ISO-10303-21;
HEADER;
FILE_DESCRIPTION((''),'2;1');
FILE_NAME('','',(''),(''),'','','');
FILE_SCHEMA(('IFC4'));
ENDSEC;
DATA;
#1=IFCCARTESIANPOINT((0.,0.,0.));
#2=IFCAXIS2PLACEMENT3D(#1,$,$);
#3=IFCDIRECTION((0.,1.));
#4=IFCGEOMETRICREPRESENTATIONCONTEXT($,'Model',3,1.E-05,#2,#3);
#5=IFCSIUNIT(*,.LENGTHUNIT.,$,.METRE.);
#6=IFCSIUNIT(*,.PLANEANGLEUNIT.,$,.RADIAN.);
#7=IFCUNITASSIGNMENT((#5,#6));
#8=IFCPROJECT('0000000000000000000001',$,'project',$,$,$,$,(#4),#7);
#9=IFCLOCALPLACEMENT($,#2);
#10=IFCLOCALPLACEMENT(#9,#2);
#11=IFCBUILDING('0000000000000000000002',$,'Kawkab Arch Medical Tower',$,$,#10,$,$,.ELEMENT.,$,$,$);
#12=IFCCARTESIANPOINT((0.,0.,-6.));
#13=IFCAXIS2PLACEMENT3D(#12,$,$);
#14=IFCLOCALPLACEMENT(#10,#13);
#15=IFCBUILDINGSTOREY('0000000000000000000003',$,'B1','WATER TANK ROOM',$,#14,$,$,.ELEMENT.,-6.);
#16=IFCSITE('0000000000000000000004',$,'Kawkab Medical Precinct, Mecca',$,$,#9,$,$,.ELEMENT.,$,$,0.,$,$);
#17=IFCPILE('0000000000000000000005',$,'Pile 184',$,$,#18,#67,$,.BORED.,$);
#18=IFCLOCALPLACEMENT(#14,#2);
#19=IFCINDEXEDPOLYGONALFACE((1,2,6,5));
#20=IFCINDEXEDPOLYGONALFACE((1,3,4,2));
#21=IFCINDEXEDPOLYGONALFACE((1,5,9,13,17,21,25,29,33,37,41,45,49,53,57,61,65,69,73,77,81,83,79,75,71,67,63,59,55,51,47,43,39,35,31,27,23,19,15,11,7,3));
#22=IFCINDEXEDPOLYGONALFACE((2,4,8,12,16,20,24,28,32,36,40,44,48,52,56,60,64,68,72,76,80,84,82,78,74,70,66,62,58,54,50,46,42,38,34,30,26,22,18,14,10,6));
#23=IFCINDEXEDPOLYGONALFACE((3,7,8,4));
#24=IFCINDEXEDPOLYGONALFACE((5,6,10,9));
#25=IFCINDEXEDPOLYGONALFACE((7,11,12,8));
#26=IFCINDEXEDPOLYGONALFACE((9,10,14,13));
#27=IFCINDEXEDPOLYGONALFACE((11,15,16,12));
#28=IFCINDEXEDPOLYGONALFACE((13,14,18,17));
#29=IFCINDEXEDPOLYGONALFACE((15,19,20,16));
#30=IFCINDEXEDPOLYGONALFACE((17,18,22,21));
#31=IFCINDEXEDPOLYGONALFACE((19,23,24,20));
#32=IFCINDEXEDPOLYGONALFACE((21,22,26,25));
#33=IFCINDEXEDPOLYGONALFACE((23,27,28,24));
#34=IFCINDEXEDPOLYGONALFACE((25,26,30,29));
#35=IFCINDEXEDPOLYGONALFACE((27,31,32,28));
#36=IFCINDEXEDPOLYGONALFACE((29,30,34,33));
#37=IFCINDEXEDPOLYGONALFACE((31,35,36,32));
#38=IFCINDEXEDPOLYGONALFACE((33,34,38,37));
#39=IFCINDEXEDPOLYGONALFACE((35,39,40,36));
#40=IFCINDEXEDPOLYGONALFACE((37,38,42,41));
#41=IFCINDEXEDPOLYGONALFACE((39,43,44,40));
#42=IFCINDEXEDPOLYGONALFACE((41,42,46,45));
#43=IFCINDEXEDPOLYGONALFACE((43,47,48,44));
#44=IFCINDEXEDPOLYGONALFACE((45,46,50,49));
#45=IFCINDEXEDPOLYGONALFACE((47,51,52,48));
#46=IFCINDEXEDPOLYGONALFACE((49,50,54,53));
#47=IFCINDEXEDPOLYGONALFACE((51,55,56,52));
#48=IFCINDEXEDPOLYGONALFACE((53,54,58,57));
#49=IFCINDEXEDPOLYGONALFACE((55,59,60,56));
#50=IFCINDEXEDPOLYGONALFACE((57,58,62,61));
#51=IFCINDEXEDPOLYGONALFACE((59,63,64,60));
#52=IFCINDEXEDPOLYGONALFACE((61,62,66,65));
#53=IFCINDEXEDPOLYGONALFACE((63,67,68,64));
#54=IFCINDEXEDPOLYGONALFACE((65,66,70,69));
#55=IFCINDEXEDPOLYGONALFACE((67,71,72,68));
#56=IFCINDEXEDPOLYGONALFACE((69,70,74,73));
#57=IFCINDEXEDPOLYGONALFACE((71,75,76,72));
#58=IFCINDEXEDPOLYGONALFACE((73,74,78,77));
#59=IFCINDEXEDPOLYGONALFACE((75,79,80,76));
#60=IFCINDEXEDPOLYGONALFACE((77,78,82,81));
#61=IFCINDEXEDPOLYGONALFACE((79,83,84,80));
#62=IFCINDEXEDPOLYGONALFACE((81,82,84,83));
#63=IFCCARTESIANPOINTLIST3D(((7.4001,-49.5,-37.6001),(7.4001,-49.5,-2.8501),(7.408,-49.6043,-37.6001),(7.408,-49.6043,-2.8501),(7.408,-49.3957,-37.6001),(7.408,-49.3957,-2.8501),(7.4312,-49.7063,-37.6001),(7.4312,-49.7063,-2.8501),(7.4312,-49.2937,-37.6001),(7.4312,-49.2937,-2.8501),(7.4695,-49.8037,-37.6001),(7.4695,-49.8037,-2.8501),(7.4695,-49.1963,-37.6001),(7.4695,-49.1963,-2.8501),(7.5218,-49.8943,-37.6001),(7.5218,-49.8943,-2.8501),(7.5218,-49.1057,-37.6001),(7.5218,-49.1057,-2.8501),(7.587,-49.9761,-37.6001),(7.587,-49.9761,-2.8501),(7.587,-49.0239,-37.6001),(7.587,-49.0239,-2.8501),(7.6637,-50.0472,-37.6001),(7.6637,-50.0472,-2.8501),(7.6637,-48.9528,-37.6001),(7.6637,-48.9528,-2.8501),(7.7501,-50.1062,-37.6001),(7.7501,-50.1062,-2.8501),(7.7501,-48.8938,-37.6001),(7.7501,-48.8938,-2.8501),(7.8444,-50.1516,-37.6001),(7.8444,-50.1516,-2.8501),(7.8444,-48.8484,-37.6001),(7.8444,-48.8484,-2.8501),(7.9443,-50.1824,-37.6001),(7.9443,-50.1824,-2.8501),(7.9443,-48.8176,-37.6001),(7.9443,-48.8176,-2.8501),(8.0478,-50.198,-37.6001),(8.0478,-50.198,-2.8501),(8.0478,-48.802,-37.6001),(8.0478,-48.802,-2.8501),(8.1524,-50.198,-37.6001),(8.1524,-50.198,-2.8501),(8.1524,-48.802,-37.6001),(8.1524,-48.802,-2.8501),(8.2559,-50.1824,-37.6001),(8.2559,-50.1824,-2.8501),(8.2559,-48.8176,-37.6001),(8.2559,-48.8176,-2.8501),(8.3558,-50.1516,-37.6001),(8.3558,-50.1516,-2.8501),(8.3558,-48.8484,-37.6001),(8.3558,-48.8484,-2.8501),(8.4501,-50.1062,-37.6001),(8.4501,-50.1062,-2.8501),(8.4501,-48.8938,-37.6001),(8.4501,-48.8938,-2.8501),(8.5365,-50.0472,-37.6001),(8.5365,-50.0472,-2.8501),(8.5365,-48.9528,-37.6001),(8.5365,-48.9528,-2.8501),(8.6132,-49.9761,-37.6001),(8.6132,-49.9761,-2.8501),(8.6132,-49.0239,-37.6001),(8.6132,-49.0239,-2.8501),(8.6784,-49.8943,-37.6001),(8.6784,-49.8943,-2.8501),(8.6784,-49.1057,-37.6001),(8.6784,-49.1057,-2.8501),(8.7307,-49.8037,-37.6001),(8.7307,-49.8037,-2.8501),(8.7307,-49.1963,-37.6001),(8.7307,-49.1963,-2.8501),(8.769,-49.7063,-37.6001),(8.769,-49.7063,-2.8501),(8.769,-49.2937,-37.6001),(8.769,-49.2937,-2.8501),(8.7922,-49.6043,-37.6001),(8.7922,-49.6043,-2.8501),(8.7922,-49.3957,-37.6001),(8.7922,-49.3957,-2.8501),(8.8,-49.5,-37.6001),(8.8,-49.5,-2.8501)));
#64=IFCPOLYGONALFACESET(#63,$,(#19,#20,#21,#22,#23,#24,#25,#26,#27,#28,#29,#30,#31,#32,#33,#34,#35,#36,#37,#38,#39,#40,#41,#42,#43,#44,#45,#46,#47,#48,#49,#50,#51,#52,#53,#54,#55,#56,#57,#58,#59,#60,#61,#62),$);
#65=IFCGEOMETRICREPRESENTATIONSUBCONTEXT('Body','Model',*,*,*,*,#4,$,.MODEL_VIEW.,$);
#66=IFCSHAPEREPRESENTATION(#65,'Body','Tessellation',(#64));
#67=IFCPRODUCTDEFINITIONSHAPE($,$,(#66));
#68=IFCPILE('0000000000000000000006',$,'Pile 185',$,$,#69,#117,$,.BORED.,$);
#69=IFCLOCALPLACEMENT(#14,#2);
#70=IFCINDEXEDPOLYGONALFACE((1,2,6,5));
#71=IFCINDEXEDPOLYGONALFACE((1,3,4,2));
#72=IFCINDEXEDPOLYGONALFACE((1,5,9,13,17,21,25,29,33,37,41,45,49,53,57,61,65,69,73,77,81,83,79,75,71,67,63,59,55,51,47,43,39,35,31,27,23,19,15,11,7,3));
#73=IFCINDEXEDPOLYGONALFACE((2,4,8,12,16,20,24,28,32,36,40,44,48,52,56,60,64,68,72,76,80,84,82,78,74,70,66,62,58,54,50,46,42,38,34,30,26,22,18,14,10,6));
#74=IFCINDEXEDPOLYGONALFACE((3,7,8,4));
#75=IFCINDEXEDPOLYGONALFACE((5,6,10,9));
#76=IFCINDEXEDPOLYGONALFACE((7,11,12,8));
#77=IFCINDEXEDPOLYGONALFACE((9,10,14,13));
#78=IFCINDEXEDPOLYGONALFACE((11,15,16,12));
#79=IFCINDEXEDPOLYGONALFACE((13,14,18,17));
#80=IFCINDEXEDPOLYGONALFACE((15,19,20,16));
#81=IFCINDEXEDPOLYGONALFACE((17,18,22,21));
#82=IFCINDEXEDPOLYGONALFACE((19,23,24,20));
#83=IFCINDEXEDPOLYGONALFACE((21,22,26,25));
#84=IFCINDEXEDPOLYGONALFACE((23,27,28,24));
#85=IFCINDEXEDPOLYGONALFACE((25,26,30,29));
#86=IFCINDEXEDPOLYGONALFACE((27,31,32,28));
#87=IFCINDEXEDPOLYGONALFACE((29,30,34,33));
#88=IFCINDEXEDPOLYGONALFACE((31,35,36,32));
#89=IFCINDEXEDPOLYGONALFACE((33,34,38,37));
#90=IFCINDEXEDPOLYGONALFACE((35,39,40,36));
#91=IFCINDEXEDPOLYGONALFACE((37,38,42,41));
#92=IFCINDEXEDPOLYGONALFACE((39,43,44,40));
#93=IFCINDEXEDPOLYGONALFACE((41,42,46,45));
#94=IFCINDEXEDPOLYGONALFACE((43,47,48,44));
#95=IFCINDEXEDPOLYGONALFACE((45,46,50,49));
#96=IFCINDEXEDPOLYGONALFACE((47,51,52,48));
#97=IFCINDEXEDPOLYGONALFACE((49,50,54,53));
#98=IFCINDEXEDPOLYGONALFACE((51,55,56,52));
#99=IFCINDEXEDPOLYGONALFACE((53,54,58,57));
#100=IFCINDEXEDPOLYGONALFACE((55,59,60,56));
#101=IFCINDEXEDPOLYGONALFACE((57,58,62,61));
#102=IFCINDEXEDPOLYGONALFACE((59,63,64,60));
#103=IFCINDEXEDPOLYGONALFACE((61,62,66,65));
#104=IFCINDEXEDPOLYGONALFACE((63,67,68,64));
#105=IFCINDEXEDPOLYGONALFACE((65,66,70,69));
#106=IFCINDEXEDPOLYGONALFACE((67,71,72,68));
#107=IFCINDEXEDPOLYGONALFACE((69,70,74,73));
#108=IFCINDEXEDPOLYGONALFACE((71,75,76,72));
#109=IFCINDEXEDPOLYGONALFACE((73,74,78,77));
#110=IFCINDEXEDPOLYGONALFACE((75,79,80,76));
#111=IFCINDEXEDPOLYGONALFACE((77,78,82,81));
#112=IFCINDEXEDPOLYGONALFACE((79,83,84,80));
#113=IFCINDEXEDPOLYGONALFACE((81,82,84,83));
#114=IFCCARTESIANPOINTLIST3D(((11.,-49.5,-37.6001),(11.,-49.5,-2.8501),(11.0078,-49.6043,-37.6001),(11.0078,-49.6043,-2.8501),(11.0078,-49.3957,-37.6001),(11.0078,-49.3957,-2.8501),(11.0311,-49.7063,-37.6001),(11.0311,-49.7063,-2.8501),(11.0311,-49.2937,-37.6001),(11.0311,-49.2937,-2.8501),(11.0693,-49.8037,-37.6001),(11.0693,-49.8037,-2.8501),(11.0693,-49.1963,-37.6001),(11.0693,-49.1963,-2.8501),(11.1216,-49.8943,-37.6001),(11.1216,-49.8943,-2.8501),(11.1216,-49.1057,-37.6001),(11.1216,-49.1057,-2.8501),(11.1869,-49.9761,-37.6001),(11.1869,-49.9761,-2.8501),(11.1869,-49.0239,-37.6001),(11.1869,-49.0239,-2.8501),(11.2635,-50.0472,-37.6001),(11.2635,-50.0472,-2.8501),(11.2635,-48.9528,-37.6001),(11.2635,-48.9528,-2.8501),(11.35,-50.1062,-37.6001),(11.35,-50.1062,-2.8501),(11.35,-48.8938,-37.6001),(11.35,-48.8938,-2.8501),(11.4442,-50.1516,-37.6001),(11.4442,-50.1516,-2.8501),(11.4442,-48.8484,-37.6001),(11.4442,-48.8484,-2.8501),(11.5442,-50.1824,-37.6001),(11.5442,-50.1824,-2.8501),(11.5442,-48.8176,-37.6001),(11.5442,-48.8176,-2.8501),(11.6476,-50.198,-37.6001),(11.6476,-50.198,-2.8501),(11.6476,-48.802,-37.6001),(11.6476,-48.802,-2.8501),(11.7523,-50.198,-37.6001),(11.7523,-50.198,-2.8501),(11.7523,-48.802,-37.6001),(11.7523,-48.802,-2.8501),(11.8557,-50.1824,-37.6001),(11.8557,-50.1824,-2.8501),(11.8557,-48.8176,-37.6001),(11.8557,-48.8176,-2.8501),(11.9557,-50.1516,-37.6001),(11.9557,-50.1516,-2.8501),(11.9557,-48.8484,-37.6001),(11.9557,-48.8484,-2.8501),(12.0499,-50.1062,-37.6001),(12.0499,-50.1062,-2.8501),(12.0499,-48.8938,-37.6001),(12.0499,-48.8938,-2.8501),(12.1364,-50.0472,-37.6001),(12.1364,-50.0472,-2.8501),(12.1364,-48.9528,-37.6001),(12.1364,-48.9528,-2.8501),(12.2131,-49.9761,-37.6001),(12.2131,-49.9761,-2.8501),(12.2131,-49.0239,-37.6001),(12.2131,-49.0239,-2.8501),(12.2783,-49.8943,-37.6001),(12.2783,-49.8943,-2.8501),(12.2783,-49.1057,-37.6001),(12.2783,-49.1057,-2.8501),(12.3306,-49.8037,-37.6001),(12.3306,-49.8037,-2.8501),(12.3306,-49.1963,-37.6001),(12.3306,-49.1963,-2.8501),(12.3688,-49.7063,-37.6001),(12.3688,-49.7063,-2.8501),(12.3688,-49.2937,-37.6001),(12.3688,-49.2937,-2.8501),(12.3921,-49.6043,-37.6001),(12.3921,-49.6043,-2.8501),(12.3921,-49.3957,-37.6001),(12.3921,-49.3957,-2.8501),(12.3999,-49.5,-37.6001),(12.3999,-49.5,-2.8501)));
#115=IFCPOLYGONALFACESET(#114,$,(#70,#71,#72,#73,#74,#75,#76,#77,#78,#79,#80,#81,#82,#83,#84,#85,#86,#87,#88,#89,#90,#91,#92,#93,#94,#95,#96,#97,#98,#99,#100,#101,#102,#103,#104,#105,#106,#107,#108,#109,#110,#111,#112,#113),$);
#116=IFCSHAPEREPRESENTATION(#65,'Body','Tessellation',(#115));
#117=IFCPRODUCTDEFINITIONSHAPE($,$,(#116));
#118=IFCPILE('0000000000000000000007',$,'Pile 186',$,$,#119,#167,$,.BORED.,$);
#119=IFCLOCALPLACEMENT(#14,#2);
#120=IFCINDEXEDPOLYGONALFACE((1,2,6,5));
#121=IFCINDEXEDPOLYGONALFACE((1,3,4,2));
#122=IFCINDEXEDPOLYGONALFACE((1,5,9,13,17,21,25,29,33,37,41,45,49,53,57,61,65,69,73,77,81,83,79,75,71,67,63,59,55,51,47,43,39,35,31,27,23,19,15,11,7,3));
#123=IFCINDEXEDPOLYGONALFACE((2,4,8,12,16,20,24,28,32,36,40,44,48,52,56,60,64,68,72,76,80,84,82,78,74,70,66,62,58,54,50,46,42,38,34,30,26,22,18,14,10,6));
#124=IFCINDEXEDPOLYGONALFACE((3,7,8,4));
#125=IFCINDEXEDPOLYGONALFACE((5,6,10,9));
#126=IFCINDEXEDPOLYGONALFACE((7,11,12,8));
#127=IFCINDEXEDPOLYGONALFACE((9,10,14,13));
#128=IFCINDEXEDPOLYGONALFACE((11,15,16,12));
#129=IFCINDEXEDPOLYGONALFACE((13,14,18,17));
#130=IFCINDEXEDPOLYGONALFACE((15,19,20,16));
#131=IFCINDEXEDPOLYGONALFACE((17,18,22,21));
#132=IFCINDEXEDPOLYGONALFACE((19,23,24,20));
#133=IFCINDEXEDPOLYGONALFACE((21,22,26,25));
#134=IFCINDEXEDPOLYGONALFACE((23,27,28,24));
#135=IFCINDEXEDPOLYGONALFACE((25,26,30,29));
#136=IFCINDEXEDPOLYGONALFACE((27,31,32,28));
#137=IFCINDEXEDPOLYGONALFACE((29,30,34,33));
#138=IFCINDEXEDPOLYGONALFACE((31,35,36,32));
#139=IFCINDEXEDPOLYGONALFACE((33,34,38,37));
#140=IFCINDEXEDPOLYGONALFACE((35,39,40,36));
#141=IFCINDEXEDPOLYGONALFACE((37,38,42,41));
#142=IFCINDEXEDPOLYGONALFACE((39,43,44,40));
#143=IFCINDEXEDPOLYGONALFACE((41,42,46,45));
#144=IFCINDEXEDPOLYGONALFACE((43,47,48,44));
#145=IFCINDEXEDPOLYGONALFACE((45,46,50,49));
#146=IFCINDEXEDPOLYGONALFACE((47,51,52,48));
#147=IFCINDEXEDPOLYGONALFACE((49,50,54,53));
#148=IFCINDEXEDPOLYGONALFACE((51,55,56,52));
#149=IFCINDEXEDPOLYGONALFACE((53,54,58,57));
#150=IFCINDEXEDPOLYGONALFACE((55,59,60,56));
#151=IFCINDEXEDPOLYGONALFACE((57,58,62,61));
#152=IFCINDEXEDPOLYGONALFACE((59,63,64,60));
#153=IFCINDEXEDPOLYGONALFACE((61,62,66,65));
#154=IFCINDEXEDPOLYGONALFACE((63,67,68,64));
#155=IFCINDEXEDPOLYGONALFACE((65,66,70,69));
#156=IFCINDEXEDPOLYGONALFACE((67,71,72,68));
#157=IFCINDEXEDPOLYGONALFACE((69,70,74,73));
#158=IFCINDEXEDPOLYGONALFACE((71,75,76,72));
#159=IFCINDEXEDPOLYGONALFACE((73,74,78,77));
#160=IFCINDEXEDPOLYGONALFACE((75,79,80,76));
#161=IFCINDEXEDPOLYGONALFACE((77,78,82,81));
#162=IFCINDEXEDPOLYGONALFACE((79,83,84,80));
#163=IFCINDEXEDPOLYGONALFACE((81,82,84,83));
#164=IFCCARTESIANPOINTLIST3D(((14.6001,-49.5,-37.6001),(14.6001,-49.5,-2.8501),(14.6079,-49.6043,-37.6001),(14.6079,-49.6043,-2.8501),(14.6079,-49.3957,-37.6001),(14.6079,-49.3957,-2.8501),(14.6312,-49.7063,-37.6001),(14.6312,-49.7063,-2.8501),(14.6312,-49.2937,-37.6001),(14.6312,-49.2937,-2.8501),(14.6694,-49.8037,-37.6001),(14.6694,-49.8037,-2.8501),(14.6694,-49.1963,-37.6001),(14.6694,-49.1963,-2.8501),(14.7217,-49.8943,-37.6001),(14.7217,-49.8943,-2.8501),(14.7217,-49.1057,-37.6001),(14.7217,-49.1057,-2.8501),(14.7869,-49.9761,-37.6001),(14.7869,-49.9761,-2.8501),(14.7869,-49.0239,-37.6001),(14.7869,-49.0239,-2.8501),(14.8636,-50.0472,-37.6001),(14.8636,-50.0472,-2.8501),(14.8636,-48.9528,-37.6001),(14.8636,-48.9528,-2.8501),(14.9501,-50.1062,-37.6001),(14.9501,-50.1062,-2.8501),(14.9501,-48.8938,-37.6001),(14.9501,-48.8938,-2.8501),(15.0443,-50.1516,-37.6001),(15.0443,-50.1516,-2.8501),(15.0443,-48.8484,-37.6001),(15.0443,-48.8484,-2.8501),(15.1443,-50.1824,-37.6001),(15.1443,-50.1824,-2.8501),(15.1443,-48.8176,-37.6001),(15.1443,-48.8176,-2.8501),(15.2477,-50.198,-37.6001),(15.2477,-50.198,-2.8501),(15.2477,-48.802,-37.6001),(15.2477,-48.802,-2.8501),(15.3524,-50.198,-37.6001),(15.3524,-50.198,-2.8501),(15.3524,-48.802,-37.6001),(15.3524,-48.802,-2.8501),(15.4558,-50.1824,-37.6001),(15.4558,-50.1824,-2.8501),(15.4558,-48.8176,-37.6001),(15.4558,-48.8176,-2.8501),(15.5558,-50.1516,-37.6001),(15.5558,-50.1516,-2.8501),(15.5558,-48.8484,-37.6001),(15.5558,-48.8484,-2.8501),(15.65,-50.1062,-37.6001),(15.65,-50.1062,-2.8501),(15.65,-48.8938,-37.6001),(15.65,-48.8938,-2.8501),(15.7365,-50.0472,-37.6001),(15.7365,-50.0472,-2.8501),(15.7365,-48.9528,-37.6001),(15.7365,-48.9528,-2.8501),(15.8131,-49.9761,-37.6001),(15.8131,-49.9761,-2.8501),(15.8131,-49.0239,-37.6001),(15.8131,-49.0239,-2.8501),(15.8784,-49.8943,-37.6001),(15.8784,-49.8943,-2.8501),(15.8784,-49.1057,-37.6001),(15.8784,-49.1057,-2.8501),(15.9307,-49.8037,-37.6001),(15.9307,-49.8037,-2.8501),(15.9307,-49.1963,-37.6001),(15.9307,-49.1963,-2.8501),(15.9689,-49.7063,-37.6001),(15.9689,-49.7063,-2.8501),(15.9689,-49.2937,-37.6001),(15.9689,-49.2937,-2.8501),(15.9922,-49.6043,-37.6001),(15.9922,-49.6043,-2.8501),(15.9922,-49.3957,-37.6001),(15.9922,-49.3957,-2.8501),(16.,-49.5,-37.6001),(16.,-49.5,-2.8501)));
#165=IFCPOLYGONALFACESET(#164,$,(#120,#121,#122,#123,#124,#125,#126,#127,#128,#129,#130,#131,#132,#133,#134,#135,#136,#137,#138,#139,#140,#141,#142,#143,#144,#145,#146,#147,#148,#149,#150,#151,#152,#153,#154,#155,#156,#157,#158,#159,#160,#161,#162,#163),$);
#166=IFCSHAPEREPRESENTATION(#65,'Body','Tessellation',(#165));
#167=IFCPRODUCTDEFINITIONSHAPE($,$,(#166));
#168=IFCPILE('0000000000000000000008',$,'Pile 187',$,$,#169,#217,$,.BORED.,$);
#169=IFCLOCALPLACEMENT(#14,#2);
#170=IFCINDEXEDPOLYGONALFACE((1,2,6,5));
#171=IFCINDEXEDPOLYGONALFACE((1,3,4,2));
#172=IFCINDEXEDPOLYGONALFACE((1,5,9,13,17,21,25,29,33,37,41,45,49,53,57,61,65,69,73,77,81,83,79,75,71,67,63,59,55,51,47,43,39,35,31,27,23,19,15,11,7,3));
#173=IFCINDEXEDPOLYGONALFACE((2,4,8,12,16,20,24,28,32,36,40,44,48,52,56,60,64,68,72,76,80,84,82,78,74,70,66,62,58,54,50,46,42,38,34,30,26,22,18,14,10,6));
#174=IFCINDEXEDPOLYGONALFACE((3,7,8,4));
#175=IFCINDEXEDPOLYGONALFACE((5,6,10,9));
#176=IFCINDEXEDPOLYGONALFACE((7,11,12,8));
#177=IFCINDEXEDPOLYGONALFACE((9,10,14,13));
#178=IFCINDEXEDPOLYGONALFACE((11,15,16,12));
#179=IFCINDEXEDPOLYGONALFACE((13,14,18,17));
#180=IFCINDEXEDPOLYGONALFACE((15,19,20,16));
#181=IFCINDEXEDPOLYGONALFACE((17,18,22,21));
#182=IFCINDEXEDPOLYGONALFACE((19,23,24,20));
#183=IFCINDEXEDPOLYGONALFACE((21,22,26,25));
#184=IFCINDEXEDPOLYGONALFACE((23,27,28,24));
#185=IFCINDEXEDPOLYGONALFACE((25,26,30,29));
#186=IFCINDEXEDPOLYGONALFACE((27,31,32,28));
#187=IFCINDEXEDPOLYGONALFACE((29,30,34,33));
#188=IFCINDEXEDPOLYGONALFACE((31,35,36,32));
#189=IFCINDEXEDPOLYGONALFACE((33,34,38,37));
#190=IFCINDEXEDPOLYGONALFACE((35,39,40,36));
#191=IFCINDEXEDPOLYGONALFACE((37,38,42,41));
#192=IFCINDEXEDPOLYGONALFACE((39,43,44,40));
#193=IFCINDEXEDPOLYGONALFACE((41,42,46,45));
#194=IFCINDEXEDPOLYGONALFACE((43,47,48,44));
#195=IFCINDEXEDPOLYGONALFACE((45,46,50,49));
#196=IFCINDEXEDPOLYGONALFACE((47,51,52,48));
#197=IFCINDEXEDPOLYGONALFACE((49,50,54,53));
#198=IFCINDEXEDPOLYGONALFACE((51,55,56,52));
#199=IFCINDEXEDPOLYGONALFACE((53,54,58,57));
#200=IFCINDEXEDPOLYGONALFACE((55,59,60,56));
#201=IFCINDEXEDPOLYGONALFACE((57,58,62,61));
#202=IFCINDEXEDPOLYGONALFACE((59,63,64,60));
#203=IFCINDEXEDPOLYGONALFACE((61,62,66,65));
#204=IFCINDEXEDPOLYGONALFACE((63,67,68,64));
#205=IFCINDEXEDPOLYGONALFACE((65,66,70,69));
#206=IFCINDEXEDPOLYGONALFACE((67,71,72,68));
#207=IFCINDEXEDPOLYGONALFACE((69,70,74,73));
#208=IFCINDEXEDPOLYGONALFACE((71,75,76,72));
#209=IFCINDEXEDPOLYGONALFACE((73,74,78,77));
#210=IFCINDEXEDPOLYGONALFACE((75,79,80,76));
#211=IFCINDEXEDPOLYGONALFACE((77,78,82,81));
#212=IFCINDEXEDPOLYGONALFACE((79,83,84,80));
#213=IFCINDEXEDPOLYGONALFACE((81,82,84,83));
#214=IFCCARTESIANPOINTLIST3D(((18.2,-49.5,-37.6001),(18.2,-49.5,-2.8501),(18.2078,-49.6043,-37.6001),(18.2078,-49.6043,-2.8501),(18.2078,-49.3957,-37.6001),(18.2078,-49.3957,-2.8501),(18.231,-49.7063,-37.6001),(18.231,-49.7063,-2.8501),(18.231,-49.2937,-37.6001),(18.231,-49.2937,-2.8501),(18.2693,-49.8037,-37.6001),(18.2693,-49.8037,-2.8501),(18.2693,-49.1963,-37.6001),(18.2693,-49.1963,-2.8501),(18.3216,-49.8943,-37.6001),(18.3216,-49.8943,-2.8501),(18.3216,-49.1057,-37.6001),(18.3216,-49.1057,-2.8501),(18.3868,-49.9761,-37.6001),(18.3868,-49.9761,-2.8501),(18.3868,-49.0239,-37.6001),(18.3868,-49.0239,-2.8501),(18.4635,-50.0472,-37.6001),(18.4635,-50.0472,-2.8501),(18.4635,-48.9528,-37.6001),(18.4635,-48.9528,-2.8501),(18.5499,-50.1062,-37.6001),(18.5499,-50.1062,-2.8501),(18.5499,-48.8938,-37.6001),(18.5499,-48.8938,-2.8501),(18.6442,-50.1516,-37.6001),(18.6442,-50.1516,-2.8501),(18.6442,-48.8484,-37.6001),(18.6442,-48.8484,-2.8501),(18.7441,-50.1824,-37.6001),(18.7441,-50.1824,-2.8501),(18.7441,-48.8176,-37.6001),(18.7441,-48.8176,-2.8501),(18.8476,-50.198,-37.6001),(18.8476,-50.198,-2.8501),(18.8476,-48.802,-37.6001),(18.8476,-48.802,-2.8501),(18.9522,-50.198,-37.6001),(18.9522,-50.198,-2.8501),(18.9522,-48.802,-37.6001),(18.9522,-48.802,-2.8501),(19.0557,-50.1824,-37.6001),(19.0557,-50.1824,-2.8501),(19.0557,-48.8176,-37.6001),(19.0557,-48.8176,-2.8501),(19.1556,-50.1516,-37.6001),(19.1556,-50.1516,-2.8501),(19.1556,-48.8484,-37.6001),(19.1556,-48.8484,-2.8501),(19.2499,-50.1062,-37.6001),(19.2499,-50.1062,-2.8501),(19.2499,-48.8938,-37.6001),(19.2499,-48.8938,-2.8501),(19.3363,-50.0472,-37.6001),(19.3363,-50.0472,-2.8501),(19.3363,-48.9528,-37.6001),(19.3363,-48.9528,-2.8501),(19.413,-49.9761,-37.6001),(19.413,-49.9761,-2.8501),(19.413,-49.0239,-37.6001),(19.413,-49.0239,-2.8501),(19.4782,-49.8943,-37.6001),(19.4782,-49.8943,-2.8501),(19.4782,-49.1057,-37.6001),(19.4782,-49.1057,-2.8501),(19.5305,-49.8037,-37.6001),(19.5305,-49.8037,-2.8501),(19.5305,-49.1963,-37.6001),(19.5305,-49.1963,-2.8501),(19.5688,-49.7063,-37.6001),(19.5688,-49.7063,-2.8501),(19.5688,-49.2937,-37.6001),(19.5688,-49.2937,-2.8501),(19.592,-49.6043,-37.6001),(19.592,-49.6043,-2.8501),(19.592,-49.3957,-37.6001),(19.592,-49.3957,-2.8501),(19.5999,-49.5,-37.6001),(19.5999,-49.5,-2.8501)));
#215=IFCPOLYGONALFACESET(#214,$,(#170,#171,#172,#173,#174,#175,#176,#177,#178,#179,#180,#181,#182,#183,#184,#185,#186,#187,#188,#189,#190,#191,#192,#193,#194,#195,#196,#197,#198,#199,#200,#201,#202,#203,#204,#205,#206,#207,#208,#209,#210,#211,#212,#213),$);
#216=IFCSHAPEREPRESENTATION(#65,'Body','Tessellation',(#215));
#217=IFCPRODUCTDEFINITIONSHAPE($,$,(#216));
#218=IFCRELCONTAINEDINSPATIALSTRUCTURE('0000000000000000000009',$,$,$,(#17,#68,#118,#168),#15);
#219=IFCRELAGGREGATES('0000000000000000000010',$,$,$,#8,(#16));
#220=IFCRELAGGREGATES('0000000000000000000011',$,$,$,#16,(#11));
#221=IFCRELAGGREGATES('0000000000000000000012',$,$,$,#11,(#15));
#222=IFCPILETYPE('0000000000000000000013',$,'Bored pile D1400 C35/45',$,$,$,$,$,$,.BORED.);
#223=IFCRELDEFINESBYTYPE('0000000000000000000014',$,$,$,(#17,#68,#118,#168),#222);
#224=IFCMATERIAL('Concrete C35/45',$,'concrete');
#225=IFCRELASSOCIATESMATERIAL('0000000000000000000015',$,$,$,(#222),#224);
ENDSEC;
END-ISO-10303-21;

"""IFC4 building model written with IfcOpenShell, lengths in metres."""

from ifc_helpers import new_model, si_unit, direction, frame, origin, origin_2d, place, context, subcontext, project, spatial, circle, extrude, material, material_profile, profile_set, type_object, element, save


model = new_model("IFC4")

# Units and contexts
model_context = context("Model", 3, precision=1e-05, world=origin(), true_north=direction((0.0, 1.0)))
body_context = subcontext(model_context, "Body", "Model", "MODEL_VIEW")
ifc_project = project(units=[si_unit("LENGTHUNIT", "METRE"), si_unit("PLANEANGLEUNIT", "RADIAN")], contexts=[model_context])

# Site, building, storey
site_placement = place(None, origin())
site = spatial("IfcSite", under=ifc_project, at=site_placement, Name="Kawkab Medical Precinct, Mecca", CompositionType="ELEMENT", RefElevation=0.0)
building_placement = place(site_placement, origin())
building = spatial("IfcBuilding", under=site, at=building_placement, Name="Kawkab Arch Medical Tower", CompositionType="ELEMENT")
storey_placement = place(building_placement, frame((0.0, 0.0, -6.0)))
storey = spatial("IfcBuildingStorey", under=building, at=storey_placement, Name="B1", Description="WATER TANK ROOM", CompositionType="ELEMENT", Elevation=-6.0)

# Piles
ifc_material_1 = material(Name="Concrete C35/45", Category="concrete")
ifc_material_profile_1 = material_profile(ifc_material_1, circle(Radius=0.7, at=origin_2d()), Name="Bored pile D1400")
ifc_profile_set_1 = profile_set([ifc_material_profile_1], Name="Concrete C35/45")
pile_type = type_object("IfcPileType", Name="Bored pile D1400 C35/45", PredefinedType="BORED", material=ifc_profile_set_1)
for number, where, z_axis, x_axis, name in (
    (1, (8.1001, -49.5, -2.8501), (0.0, 0.0, -1.0), (1.0, 0.0, 0.0), "Pile 184"),
    (2, (11.7, -49.5, -2.8501), (0.0, 0.0, -1.0), (1.0, 0.0, 0.0), "Pile 185"),
    (3, (15.3, -49.5, -2.8501), (0.0, 0.0, -1.0), (1.0, 0.0, 0.0), "Pile 186"),
    (4, (18.8999, -49.5, -2.8501), (0.0, 0.0, -1.0), (1.0, 0.0, 0.0), "Pile 187"),
):
    element("IfcPile", number, at=place(storey_placement, frame(where, z_axis=z_axis, x_axis=x_axis)), inside=storey, type_object=pile_type, Name=name, PredefinedType="BORED", context=body_context, shape_type="SweptSolid", body=[
        extrude(circle(Radius=0.7, at=origin_2d()), origin(), (0.0, 0.0, 1.0), 34.75),
    ])

save(model, "model.ifc")
